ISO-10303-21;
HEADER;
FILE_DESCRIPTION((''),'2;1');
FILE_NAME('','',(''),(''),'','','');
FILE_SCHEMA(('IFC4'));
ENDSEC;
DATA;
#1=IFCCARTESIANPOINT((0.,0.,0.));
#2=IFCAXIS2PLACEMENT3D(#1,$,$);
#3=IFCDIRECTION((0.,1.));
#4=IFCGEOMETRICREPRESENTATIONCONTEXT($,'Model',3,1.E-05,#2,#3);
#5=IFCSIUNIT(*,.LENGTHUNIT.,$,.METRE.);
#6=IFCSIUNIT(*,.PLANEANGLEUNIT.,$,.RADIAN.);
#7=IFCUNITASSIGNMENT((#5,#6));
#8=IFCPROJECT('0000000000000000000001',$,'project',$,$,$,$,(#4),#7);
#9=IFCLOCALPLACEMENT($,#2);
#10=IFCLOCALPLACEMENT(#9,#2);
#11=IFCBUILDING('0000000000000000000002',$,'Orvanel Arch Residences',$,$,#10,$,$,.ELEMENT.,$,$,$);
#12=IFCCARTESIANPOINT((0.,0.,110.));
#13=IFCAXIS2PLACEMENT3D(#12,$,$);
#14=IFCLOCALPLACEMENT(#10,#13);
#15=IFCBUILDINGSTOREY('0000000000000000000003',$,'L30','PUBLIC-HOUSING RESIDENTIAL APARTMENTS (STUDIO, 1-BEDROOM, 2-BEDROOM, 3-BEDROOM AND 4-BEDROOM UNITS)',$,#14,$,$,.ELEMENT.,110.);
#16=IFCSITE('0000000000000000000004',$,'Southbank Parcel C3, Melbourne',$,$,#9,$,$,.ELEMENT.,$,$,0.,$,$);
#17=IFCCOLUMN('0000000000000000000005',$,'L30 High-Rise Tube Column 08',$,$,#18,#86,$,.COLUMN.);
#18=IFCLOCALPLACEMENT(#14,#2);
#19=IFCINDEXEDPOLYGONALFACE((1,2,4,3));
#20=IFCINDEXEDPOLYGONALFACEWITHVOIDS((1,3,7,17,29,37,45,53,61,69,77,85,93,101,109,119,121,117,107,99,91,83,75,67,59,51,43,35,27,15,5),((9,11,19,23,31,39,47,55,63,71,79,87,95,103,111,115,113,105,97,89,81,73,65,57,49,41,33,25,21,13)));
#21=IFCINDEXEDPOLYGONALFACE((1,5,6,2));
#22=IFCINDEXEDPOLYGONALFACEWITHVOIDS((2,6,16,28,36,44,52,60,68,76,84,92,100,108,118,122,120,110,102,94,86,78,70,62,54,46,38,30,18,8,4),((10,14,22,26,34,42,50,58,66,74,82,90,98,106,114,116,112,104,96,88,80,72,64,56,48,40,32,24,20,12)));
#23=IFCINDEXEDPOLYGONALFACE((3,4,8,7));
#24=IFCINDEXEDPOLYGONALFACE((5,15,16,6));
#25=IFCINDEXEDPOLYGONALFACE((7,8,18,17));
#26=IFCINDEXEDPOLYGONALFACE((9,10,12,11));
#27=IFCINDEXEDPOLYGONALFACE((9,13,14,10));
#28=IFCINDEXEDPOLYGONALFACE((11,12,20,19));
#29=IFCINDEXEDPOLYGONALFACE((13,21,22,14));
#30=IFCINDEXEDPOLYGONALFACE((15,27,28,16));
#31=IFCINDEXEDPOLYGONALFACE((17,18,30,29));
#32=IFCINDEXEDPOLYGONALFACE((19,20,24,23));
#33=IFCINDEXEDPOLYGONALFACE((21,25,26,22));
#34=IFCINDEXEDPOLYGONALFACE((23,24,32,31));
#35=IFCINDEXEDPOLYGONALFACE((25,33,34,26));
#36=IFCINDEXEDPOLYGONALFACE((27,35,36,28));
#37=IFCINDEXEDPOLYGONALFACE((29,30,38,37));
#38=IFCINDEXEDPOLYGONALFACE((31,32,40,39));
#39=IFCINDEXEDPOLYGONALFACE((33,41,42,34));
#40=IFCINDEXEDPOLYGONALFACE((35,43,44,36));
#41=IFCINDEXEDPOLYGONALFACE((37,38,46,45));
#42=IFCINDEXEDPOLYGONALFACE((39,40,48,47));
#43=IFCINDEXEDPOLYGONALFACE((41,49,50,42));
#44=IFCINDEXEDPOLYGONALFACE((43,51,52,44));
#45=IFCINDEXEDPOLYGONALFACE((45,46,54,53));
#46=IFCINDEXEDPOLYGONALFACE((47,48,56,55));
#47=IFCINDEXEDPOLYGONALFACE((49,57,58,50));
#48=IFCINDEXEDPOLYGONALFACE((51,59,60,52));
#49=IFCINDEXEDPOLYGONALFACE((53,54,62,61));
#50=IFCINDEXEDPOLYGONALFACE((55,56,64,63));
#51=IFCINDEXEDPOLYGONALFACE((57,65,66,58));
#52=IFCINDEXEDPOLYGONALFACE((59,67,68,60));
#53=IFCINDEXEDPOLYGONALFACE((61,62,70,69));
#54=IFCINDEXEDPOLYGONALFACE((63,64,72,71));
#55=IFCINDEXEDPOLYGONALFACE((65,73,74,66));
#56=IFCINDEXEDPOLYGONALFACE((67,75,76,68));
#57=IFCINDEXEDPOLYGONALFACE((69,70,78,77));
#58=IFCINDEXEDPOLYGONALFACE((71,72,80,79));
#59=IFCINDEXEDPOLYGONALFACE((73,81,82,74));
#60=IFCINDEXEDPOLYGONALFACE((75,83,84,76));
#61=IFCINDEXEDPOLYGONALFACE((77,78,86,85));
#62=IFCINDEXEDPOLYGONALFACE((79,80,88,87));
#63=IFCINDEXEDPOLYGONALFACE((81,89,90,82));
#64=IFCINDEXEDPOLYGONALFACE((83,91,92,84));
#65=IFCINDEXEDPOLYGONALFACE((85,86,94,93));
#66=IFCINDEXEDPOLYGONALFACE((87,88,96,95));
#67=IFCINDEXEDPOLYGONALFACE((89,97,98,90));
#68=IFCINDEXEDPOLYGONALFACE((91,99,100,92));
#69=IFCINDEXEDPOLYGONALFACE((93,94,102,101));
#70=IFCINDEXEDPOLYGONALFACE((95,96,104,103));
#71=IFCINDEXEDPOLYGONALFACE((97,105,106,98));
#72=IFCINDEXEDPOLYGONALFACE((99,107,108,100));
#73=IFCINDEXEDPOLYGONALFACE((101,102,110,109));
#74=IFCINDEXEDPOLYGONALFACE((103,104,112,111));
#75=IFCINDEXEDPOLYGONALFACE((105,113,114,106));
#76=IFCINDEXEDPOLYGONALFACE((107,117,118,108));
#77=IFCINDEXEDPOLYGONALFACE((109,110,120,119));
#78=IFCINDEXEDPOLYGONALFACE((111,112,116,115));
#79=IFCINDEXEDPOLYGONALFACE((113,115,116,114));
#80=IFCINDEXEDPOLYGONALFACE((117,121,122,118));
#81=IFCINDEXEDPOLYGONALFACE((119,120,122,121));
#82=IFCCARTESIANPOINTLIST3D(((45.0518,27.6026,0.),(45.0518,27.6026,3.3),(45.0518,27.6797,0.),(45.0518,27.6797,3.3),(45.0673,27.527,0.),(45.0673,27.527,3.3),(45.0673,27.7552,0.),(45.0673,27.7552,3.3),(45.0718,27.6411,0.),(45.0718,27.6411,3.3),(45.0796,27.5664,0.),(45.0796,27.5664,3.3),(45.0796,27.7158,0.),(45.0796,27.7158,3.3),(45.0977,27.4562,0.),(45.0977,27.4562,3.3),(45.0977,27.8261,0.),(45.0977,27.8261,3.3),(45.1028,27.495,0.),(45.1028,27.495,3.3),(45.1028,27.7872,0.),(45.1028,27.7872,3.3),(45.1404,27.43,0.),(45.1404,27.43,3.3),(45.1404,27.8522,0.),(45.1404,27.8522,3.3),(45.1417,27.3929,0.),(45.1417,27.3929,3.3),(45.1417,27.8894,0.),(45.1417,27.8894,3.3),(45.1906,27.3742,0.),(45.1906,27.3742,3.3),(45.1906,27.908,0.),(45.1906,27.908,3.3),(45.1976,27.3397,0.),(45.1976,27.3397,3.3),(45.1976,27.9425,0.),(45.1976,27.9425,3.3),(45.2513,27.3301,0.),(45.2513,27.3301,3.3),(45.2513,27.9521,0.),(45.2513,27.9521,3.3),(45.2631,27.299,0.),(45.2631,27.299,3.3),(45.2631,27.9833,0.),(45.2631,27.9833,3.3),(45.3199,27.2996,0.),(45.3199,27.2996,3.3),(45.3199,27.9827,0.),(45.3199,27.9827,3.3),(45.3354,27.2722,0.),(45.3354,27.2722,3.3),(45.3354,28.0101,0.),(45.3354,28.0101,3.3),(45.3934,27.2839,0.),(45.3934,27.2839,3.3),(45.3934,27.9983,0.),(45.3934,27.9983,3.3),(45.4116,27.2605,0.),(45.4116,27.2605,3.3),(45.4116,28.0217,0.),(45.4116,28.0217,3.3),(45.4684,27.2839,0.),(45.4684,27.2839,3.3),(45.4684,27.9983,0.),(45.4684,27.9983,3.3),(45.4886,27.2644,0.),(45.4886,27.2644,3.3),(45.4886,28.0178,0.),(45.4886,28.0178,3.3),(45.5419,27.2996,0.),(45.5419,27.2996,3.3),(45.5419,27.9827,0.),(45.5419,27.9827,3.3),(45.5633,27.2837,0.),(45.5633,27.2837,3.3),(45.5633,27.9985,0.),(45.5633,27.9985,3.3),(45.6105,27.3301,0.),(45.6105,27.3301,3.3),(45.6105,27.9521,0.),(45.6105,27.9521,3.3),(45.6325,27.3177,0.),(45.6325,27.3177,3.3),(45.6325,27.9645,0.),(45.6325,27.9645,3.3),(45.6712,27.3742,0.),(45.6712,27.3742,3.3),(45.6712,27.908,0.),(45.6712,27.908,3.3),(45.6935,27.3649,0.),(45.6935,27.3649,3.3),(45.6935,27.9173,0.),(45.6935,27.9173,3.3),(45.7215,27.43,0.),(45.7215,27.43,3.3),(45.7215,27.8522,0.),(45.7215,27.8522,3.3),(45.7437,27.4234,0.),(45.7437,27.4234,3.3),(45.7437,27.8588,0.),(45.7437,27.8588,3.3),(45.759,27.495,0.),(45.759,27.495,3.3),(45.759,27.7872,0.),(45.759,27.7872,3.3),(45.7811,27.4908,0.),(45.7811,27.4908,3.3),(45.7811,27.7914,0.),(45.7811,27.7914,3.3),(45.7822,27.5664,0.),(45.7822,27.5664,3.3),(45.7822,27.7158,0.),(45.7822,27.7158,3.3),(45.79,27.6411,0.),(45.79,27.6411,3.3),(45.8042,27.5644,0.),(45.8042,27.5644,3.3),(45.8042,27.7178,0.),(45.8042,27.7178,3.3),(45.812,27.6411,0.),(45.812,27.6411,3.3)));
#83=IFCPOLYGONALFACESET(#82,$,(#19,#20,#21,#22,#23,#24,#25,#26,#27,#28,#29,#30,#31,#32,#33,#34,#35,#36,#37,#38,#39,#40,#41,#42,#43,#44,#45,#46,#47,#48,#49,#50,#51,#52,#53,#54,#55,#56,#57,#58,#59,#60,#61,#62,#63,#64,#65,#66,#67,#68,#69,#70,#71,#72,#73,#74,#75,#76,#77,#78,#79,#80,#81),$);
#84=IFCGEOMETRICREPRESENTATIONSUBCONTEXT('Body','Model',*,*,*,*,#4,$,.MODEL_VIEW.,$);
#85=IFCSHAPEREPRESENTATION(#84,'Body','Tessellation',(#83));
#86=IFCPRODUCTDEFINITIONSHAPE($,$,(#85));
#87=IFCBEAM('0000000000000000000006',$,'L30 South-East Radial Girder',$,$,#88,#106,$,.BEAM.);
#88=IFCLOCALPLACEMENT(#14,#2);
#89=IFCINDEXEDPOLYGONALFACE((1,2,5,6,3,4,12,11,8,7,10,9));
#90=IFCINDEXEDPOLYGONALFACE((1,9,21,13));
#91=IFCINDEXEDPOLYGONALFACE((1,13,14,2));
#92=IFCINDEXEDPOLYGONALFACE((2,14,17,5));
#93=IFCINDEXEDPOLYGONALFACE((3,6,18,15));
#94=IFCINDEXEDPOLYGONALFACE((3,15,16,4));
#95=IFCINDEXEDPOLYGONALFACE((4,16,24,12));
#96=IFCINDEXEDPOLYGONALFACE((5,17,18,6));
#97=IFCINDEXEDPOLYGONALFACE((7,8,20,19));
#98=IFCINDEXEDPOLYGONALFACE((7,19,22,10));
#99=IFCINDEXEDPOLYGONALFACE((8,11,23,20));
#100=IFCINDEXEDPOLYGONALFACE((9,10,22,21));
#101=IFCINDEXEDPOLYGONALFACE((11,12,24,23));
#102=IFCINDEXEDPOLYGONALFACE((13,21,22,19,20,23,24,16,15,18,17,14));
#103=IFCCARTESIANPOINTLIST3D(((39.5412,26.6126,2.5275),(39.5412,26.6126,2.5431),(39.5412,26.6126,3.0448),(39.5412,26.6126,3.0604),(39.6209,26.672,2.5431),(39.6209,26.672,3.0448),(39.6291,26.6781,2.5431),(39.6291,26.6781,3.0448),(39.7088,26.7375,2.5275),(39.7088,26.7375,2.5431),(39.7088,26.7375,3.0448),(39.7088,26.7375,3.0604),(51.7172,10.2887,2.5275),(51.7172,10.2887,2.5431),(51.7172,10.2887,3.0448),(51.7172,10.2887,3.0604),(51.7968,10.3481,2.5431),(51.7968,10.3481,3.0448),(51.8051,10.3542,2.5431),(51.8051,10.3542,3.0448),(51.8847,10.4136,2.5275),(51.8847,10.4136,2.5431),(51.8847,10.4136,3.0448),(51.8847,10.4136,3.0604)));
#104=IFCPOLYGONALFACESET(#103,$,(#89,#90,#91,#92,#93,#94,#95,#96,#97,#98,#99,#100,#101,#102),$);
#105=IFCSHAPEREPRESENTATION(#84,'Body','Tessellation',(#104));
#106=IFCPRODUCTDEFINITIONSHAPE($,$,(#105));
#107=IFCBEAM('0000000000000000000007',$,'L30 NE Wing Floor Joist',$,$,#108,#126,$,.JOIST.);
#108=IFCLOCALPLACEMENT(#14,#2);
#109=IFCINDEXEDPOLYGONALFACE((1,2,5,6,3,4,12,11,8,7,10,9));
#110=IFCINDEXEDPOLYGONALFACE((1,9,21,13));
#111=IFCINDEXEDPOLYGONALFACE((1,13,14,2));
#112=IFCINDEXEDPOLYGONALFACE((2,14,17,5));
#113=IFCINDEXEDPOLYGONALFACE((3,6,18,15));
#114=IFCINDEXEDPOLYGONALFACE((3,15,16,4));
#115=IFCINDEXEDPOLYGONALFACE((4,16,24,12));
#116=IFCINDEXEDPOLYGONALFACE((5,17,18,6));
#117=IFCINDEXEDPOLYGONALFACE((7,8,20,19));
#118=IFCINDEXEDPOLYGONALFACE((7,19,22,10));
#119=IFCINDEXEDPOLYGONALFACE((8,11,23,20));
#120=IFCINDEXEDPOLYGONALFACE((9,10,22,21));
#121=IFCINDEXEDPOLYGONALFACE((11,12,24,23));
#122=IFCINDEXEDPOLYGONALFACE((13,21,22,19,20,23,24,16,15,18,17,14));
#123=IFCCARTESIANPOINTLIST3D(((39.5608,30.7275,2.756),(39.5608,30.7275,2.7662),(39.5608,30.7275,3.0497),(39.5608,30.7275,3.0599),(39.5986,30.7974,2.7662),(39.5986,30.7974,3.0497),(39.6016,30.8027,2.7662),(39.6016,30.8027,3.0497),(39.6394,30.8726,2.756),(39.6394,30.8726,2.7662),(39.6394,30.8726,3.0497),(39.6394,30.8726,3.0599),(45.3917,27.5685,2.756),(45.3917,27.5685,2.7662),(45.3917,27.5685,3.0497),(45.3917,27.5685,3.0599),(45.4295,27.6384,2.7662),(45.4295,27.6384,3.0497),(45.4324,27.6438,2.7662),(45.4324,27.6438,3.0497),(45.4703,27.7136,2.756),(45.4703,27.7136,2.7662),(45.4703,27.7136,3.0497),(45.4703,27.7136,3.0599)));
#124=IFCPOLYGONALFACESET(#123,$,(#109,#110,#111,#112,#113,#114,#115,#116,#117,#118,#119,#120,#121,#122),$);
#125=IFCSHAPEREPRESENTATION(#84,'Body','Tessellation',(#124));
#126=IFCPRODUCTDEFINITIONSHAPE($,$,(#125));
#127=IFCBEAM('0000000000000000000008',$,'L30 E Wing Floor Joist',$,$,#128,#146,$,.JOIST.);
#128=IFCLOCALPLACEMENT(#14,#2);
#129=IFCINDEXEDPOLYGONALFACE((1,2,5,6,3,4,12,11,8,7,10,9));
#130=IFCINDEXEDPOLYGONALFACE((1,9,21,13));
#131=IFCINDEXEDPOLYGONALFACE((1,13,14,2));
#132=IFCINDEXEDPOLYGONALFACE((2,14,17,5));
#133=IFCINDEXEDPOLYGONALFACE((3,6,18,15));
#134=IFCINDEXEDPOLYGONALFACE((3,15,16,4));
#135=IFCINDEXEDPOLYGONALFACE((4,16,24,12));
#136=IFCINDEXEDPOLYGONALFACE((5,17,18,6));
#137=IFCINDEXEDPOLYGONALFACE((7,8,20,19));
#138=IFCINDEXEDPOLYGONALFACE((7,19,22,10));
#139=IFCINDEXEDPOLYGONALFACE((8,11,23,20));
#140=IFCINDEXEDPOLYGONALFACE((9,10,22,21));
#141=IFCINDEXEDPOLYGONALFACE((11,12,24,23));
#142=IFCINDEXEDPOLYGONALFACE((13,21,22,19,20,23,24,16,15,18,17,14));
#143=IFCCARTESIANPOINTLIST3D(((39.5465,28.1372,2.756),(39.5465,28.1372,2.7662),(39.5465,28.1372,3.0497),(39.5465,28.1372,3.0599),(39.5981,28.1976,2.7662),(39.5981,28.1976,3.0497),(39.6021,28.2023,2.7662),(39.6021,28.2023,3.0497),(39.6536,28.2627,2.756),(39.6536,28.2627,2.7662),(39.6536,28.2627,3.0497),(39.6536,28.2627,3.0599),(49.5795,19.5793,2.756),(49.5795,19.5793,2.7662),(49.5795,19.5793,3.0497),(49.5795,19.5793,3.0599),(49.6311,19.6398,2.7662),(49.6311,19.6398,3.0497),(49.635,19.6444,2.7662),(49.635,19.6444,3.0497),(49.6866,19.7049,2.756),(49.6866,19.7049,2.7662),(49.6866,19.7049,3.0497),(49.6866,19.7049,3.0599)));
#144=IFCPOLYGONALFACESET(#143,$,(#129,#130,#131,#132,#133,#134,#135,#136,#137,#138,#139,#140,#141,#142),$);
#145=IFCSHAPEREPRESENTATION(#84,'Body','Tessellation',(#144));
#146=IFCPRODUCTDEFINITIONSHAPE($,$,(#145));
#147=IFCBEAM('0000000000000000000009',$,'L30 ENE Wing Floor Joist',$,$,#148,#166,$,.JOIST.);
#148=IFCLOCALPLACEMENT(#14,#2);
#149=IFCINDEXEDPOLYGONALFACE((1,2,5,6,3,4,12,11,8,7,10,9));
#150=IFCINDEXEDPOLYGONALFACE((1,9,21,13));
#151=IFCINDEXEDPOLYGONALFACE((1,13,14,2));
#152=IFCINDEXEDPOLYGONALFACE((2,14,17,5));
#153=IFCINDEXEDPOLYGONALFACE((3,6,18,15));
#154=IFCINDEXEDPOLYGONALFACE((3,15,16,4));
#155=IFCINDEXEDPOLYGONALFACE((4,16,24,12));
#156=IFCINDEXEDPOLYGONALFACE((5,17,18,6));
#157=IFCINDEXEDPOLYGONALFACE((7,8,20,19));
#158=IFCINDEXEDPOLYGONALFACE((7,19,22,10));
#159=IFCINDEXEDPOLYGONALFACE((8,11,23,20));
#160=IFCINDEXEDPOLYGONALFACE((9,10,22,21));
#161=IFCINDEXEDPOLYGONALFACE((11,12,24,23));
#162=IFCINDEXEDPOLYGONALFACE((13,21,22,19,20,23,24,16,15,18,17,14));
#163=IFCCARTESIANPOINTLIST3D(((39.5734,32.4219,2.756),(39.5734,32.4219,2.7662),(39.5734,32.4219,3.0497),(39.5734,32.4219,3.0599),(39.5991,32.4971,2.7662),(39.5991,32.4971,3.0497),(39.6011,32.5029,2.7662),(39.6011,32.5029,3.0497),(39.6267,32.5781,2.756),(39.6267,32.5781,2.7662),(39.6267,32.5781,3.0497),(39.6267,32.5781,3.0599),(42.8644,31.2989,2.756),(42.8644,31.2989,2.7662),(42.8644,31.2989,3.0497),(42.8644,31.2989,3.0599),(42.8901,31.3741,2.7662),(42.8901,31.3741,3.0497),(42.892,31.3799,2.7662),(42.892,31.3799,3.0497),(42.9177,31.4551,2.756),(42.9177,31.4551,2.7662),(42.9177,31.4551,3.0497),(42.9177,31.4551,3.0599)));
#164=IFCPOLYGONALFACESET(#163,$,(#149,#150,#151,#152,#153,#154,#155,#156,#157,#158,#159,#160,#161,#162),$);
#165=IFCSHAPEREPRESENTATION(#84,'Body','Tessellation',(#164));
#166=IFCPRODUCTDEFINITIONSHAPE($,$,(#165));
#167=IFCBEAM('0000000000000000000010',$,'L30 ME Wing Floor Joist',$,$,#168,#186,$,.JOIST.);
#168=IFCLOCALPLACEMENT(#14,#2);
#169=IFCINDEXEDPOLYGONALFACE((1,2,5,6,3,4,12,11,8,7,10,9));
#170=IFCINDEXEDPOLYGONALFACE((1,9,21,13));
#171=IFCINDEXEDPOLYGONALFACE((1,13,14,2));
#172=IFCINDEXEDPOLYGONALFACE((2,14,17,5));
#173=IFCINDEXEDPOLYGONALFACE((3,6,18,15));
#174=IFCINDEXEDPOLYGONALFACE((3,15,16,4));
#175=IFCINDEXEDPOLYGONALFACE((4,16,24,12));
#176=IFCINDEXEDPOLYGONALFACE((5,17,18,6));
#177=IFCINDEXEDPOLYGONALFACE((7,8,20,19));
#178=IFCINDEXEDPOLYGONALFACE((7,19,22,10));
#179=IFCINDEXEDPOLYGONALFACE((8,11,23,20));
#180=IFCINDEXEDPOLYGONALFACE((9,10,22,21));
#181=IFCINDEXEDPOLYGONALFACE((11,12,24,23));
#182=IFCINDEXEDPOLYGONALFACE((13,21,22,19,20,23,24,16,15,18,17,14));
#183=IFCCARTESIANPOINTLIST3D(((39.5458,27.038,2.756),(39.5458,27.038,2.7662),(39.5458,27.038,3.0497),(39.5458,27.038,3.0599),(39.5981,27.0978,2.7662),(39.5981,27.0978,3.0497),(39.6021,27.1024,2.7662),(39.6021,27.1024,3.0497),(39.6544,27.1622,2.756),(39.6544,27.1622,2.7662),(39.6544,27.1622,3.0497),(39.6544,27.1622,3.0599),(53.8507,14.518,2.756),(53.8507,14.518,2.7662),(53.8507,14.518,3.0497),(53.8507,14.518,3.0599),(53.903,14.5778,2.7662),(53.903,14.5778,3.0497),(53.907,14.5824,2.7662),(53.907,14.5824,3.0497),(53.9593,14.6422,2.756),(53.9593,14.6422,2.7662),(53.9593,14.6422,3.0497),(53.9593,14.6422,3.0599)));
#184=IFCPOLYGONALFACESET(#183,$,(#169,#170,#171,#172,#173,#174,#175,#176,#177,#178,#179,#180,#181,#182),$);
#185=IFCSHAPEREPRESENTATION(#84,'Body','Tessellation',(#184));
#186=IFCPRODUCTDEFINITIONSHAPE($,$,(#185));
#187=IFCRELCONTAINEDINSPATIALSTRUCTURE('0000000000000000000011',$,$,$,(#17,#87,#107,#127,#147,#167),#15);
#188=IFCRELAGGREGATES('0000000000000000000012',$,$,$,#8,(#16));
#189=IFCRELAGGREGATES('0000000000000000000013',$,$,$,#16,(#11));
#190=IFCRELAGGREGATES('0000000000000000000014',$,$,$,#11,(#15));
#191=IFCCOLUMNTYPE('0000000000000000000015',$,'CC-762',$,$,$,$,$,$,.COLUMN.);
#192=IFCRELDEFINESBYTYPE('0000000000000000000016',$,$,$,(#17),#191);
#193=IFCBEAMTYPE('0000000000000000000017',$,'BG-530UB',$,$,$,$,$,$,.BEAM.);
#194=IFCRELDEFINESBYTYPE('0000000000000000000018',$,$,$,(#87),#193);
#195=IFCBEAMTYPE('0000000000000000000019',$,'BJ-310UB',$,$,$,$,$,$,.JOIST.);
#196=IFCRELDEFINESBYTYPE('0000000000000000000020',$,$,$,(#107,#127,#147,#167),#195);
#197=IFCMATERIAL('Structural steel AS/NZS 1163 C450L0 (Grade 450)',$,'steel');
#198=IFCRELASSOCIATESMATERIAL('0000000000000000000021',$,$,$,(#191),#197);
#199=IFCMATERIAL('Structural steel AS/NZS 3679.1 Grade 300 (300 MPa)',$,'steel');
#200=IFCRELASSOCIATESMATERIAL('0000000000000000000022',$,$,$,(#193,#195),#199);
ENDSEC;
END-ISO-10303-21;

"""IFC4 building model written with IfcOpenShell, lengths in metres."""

from ifc_helpers import new_model, si_unit, direction, frame, origin, origin_2d, place, context, subcontext, project, spatial, hollow_circle, i_section, extrude, material, material_profile, profile_set, type_object, element, save


model = new_model("IFC4")

# Units and contexts
model_context = context("Model", 3, precision=1e-05, world=origin(), true_north=direction((0.0, 1.0)))
body_context = subcontext(model_context, "Body", "Model", "MODEL_VIEW")
ifc_project = project(units=[si_unit("LENGTHUNIT", "METRE"), si_unit("PLANEANGLEUNIT", "RADIAN")], contexts=[model_context])

# Site, building, storey
site_placement = place(None, origin())
site = spatial("IfcSite", under=ifc_project, at=site_placement, Name="Southbank Parcel C3, Melbourne", CompositionType="ELEMENT", RefElevation=0.0)
building_placement = place(site_placement, origin())
building = spatial("IfcBuilding", under=site, at=building_placement, Name="Orvanel Arch Residences", CompositionType="ELEMENT")
storey_placement = place(building_placement, frame((0.0, 0.0, 110.0)))
storey = spatial("IfcBuildingStorey", under=building, at=storey_placement, Name="L30", Description="PUBLIC-HOUSING RESIDENTIAL APARTMENTS (STUDIO, 1-BEDROOM, 2-BEDROOM, 3-BEDROOM AND 4-BEDROOM UNITS)", CompositionType="ELEMENT", Elevation=110.0)

# Column
ifc_material_1 = material(Name="Structural steel AS/NZS 1163 C450L0 (Grade 450)", Category="steel")
ifc_material_profile_1 = material_profile(ifc_material_1, hollow_circle(Radius=0.3811, WallThickness=0.022, at=origin_2d()), Name="CHS762x22")
ifc_profile_set_1 = profile_set([ifc_material_profile_1], Name="Structural steel AS/NZS 1163 C450L0 (Grade 450)")
column_type = type_object("IfcColumnType", Name="CC-762", PredefinedType="COLUMN", material=ifc_profile_set_1)
column_placement = place(storey_placement, frame((45.4309, 27.6411, 0.0), z_axis=(0.0, 0.0, 1.0), x_axis=(1.0, 0.0, 0.0)))
element("IfcColumn", 1, at=column_placement, inside=storey, type_object=column_type, Name="L30 High-Rise Tube Column 08", PredefinedType="COLUMN", context=body_context, shape_type="SweptSolid", body=[
    extrude(hollow_circle(Radius=0.3811, WallThickness=0.022, at=origin_2d()), origin(), (0.0, 0.0, 1.0), 3.3),
])

# Beams
ifc_material_2 = material(Name="Structural steel AS/NZS 3679.1 Grade 300 (300 MPa)", Category="steel")
ifc_material_profile_2 = material_profile(ifc_material_2, i_section(OverallWidth=0.209, OverallDepth=0.533, WebThickness=0.0103, FlangeThickness=0.0156, at=origin_2d()), Name="530UB92.4")
ifc_profile_set_2 = profile_set([ifc_material_profile_2], Name="Structural steel AS/NZS 3679.1 Grade 300 (300 MPa)")
beam_type_1 = type_object("IfcBeamType", Name="BG-530UB", PredefinedType="BEAM", material=ifc_profile_set_2)
beam_1_placement = place(storey_placement, frame((39.625, 26.675, 2.7939), z_axis=(0.597894, -0.801575, 0.0), x_axis=(0.801575, 0.597894, 0.0)))
element("IfcBeam", 2, at=beam_1_placement, inside=storey, type_object=beam_type_1, Name="L30 South-East Radial Girder", PredefinedType="BEAM", context=body_context, shape_type="SweptSolid", body=[
    extrude(i_section(OverallWidth=0.209, OverallDepth=0.533, WebThickness=0.0103, FlangeThickness=0.0156, at=origin_2d()), origin(), (0.0, 0.0, 1.0), 20.3647),
])
ifc_material_profile_3 = material_profile(ifc_material_2, i_section(OverallWidth=0.165, OverallDepth=0.304, WebThickness=0.0061, FlangeThickness=0.0103, at=origin_2d()), Name="310UB40.4")
ifc_profile_set_3 = profile_set([ifc_material_profile_3], Name="Structural steel AS/NZS 3679.1 Grade 300 (300 MPa)")
beam_type_2 = type_object("IfcBeamType", Name="BJ-310UB", PredefinedType="JOIST", material=ifc_profile_set_3)
beam_2_placement = place(storey_placement, frame((39.6001, 30.8, 2.908), z_axis=(0.879255, -0.476351, 0.0), x_axis=(0.476351, 0.879255, 0.0)))
element("IfcBeam", 3, at=beam_2_placement, inside=storey, type_object=beam_type_2, Name="L30 NE Wing Floor Joist", PredefinedType="JOIST", context=body_context, shape_type="SweptSolid", body=[
    extrude(i_section(OverallWidth=0.165, OverallDepth=0.304, WebThickness=0.0061, FlangeThickness=0.0103, at=origin_2d()), origin(), (0.0, 0.0, 1.0), 6.6316),
])
beam_3_placement = place(storey_placement, frame((39.6001, 28.2, 2.908), z_axis=(0.760821, -0.648961, 0.0), x_axis=(0.648961, 0.760821, 0.0)))
element("IfcBeam", 4, at=beam_3_placement, inside=storey, type_object=beam_type_2, Name="L30 E Wing Floor Joist", PredefinedType="JOIST", context=body_context, shape_type="SweptSolid", body=[
    extrude(i_section(OverallWidth=0.165, OverallDepth=0.304, WebThickness=0.0061, FlangeThickness=0.0103, at=origin_2d()), origin(), (0.0, 0.0, 1.0), 13.187),
])
beam_4_placement = place(storey_placement, frame((39.6001, 32.5, 2.908), z_axis=(0.946413, -0.32296, 0.0), x_axis=(0.32296, 0.946413, 0.0)))
element("IfcBeam", 5, at=beam_4_placement, inside=storey, type_object=beam_type_2, Name="L30 ENE Wing Floor Joist", PredefinedType="JOIST", context=body_context, shape_type="SweptSolid", body=[
    extrude(i_section(OverallWidth=0.165, OverallDepth=0.304, WebThickness=0.0061, FlangeThickness=0.0103, at=origin_2d()), origin(), (0.0, 0.0, 1.0), 3.4773),
])
beam_5_placement = place(storey_placement, frame((39.6001, 27.1001, 2.908), z_axis=(0.752493, -0.6586, 0.0), x_axis=(0.6586, 0.752493, 0.0)))
element("IfcBeam", 6, at=beam_5_placement, inside=storey, type_object=beam_type_2, Name="L30 ME Wing Floor Joist", PredefinedType="JOIST", context=body_context, shape_type="SweptSolid", body=[
    extrude(i_section(OverallWidth=0.165, OverallDepth=0.304, WebThickness=0.0061, FlangeThickness=0.0103, at=origin_2d()), origin(), (0.0, 0.0, 1.0), 19.01),
])

save(model, "model.ifc")
